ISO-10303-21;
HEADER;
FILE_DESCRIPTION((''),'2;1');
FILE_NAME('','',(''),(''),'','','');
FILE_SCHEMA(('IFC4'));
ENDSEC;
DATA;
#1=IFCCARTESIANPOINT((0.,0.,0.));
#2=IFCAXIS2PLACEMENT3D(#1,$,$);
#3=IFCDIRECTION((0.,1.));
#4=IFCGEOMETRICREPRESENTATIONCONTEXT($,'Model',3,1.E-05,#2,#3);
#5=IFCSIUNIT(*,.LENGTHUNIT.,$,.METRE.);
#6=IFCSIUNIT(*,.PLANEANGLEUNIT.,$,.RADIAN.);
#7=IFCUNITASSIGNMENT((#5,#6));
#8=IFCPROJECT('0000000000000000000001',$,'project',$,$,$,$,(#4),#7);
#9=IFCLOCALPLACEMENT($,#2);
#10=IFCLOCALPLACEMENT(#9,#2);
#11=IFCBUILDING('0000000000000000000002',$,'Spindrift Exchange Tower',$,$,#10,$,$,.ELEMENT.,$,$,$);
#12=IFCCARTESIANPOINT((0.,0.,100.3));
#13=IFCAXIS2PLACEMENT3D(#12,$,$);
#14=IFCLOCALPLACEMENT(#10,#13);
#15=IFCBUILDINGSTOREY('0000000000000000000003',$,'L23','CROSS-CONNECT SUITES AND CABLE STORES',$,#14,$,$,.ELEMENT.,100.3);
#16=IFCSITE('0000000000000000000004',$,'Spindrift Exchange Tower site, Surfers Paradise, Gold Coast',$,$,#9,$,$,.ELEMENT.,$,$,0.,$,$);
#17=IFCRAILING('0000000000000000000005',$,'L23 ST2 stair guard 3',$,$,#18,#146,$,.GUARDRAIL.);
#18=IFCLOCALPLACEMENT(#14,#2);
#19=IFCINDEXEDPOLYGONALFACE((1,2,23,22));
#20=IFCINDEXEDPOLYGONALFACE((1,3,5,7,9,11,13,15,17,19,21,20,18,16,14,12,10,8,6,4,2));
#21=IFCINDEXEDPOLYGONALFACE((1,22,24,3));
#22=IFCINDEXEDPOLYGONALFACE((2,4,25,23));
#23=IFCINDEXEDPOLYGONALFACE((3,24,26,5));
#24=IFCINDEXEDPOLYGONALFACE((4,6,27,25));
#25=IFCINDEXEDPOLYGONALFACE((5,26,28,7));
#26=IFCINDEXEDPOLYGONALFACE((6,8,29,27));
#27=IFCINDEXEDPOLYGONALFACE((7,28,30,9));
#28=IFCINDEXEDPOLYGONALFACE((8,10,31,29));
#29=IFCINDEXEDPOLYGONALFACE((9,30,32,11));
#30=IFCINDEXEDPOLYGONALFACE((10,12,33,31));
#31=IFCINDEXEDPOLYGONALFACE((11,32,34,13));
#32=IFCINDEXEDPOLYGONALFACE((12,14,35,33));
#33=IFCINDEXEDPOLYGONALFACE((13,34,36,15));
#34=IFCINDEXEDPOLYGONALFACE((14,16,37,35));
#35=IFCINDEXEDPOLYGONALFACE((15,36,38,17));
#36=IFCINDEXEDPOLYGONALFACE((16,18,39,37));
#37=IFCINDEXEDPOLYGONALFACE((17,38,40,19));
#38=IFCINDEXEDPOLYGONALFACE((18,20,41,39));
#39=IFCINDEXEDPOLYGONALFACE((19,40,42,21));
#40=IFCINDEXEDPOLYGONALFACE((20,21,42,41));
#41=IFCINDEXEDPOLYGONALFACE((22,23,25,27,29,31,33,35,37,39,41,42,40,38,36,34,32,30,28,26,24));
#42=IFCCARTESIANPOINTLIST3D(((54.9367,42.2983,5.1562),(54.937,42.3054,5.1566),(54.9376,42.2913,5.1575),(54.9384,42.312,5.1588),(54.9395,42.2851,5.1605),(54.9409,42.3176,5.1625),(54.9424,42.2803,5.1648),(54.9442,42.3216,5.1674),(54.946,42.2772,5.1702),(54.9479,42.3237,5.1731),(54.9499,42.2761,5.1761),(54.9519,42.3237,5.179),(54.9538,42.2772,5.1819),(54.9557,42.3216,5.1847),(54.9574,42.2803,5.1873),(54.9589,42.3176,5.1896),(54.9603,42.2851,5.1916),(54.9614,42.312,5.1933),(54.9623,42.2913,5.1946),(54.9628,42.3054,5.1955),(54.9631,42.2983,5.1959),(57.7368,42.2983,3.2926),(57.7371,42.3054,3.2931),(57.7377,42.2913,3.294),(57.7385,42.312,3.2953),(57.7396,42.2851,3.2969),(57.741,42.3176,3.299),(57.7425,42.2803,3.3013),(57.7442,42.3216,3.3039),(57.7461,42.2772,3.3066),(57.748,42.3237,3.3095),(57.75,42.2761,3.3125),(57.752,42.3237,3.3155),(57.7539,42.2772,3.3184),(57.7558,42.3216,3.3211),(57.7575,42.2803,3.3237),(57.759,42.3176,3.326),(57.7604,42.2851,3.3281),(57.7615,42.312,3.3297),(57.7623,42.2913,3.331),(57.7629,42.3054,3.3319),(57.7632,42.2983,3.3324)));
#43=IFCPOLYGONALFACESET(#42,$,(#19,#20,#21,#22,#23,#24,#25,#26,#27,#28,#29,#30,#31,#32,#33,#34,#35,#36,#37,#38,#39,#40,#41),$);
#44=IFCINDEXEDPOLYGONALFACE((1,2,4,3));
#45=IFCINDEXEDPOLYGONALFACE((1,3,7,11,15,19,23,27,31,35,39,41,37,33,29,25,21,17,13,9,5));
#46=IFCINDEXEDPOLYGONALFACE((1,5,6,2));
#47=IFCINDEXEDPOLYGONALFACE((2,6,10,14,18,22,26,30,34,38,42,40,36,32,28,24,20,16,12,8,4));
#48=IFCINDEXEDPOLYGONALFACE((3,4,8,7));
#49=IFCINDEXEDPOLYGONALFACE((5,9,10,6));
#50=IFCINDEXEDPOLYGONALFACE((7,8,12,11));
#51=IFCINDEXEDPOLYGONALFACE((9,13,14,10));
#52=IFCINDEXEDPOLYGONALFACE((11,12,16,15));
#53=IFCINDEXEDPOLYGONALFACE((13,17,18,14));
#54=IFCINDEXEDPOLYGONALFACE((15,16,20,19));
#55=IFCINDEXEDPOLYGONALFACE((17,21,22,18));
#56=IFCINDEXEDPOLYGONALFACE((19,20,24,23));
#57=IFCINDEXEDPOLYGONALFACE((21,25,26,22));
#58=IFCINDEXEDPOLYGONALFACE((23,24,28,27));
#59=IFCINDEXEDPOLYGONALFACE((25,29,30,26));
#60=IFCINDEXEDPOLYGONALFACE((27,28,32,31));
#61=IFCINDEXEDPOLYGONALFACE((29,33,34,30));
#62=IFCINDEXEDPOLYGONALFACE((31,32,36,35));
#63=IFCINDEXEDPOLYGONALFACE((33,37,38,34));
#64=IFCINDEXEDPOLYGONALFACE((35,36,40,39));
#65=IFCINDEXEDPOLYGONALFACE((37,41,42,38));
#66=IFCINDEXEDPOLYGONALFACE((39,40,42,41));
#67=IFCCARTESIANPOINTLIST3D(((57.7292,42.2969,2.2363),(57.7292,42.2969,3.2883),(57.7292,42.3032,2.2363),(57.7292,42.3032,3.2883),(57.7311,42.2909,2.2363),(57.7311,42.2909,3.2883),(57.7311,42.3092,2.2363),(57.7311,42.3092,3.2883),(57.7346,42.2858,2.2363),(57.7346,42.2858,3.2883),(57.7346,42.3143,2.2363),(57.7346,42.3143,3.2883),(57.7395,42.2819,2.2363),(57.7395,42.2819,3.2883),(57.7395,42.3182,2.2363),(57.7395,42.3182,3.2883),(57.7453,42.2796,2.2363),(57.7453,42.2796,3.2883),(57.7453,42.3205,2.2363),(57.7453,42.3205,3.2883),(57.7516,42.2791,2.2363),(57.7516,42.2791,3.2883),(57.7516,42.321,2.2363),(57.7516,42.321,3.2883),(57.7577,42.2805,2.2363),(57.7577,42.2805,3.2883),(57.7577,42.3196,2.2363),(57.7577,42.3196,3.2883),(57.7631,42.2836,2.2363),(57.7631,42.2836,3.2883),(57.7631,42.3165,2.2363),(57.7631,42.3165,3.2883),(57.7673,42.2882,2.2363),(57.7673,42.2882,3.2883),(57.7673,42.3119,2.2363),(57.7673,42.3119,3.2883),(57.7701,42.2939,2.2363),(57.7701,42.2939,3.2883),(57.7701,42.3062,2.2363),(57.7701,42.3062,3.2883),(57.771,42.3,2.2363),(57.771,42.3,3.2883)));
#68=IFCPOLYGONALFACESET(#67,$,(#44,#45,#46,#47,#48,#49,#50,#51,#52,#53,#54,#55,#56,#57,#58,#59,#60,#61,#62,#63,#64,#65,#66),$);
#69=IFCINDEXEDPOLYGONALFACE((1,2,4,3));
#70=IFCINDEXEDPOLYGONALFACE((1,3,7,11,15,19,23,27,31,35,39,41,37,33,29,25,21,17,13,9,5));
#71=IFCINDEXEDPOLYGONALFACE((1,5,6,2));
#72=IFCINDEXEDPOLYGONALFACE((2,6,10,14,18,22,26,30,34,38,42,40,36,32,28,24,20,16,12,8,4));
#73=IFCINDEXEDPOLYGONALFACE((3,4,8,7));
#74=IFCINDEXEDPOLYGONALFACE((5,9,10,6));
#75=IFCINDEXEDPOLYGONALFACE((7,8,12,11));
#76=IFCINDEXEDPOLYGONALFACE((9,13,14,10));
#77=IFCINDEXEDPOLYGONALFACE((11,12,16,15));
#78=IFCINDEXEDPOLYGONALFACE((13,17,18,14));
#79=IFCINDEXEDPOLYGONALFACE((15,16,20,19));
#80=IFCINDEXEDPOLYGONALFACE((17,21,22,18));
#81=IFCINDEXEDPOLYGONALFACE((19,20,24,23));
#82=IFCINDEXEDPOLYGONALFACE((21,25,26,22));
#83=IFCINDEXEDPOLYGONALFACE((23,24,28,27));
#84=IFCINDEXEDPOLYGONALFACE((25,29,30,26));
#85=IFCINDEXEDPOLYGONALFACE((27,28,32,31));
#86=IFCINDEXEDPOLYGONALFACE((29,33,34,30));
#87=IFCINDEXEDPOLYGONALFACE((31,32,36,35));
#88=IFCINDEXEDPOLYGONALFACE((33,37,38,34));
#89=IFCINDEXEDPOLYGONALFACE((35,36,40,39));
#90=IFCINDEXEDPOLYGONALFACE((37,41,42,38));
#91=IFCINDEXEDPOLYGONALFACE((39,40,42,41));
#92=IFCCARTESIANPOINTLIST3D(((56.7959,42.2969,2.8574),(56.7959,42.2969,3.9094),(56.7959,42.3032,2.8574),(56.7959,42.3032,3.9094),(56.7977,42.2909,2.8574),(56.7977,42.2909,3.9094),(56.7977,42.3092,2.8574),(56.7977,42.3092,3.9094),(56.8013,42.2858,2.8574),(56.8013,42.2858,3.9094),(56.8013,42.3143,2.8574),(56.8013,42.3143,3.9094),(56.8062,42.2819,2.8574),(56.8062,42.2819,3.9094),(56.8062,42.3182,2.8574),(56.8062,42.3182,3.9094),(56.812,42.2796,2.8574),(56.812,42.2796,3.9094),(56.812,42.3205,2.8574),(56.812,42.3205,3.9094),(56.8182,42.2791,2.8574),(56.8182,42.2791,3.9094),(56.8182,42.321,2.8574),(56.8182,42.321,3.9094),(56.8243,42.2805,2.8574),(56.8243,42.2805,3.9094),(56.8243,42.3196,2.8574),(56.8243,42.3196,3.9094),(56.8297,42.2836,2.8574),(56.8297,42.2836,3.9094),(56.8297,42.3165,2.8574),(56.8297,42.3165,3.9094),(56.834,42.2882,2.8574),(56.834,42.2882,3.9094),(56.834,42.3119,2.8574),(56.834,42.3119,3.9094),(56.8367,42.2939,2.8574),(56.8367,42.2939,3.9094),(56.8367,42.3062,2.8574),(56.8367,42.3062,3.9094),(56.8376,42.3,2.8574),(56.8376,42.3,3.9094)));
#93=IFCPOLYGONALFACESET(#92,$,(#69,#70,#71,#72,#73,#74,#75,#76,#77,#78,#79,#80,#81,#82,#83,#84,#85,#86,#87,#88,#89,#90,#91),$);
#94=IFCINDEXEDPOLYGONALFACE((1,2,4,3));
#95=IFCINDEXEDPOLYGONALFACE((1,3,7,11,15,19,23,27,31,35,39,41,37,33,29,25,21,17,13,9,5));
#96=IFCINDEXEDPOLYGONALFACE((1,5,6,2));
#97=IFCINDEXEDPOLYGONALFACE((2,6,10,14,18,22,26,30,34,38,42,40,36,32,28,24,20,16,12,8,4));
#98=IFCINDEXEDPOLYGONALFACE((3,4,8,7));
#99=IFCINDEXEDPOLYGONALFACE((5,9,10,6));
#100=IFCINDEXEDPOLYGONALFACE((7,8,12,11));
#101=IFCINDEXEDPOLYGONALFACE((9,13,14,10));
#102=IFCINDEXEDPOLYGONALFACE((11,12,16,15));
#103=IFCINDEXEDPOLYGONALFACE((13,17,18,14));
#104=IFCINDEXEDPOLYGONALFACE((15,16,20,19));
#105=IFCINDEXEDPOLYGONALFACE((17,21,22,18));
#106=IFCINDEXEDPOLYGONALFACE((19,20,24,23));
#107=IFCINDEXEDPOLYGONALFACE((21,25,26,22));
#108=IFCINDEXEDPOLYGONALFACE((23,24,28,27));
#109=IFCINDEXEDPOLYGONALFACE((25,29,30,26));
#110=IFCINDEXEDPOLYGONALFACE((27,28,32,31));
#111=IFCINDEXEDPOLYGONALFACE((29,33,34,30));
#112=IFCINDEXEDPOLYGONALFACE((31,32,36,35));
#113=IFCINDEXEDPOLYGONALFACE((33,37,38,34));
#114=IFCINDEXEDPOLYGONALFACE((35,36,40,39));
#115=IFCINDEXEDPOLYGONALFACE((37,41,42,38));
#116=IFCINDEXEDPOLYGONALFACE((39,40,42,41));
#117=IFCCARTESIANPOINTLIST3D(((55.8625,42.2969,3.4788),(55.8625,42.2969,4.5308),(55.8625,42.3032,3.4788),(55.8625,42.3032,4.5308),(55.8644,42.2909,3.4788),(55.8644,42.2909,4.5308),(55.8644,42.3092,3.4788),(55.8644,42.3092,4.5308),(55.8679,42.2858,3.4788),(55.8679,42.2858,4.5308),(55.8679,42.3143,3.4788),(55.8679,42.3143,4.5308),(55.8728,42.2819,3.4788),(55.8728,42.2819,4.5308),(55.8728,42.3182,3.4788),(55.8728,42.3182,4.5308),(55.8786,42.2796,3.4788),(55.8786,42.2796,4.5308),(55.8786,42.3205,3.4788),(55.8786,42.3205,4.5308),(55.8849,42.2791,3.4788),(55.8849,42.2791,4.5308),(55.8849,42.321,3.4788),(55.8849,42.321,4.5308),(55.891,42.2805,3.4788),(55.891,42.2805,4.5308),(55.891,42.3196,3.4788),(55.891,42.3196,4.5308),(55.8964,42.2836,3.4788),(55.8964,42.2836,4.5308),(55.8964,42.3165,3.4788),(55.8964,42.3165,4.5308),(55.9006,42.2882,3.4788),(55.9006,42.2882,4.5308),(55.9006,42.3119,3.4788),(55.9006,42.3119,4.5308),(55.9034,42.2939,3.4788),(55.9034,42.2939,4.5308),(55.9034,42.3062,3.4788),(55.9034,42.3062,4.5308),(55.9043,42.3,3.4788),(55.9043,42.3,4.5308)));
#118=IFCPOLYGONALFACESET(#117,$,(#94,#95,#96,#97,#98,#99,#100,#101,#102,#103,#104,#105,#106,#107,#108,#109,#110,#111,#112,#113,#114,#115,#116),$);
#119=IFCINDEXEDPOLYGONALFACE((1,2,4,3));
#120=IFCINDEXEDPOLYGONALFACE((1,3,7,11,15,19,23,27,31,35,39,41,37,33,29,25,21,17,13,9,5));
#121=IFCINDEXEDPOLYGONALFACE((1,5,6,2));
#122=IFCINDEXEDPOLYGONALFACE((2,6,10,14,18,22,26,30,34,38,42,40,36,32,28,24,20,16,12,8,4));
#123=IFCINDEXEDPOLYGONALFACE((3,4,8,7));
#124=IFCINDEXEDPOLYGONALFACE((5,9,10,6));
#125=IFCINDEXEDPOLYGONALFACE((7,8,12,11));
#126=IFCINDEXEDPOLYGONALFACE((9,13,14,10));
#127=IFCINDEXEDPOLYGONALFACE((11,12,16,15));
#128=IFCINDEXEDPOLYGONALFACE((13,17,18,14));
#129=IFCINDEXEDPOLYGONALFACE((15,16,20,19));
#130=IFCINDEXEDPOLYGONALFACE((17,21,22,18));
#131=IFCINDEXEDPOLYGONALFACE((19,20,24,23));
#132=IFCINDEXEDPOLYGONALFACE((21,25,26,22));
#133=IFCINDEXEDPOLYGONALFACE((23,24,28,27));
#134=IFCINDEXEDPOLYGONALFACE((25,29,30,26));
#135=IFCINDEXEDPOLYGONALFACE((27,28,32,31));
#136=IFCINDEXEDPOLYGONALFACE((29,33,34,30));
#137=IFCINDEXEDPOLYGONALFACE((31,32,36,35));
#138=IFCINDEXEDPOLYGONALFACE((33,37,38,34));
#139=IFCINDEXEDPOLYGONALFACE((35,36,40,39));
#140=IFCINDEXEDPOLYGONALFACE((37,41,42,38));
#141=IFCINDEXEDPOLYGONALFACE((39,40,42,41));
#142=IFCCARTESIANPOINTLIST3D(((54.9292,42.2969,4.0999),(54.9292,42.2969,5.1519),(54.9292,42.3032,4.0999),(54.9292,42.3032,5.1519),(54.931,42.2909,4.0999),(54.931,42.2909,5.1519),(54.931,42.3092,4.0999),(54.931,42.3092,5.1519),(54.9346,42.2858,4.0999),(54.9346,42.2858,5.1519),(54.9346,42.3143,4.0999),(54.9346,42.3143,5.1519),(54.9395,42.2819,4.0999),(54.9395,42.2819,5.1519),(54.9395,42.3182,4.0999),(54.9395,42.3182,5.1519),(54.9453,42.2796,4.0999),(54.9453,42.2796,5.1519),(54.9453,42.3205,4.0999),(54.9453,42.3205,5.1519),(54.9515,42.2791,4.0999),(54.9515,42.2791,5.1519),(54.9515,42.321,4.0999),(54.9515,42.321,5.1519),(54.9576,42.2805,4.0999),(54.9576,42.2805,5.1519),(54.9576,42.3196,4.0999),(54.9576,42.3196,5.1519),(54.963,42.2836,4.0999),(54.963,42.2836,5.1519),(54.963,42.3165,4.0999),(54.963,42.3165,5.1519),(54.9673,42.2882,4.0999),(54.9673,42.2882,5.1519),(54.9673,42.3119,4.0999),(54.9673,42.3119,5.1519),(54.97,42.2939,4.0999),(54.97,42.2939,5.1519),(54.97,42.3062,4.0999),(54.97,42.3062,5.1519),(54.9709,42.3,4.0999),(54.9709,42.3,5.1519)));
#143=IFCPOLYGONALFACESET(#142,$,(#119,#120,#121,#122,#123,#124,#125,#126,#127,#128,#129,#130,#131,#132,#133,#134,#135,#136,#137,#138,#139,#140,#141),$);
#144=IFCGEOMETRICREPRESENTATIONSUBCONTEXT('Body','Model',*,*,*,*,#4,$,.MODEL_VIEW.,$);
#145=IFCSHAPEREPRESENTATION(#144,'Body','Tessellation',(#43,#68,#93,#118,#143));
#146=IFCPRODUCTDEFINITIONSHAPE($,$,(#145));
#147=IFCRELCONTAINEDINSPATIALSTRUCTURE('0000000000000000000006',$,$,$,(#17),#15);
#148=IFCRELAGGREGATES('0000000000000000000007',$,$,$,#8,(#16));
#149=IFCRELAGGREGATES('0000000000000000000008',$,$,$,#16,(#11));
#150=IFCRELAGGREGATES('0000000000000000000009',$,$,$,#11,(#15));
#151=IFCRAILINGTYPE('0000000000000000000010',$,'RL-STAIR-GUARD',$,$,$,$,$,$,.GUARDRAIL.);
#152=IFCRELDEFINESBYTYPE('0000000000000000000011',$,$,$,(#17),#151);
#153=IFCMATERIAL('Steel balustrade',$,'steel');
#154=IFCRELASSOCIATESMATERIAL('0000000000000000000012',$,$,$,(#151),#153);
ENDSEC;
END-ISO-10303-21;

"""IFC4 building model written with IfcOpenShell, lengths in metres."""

from ifc_helpers import new_model, si_unit, direction, frame, origin, origin_2d, place, context, subcontext, project, spatial, circle, extrude, material, type_object, element, save


model = new_model("IFC4")

# Units and contexts
model_context = context("Model", 3, precision=1e-05, world=origin(), true_north=direction((0.0, 1.0)))
body_context = subcontext(model_context, "Body", "Model", "MODEL_VIEW")
ifc_project = project(units=[si_unit("LENGTHUNIT", "METRE"), si_unit("PLANEANGLEUNIT", "RADIAN")], contexts=[model_context])

# Site, building, storey
site_placement = place(None, origin())
site = spatial("IfcSite", under=ifc_project, at=site_placement, Name="Spindrift Exchange Tower site, Surfers Paradise, Gold Coast", CompositionType="ELEMENT", RefElevation=0.0)
building_placement = place(site_placement, origin())
building = spatial("IfcBuilding", under=site, at=building_placement, Name="Spindrift Exchange Tower", CompositionType="ELEMENT")
storey_placement = place(building_placement, frame((0.0, 0.0, 100.3)))
storey = spatial("IfcBuildingStorey", under=building, at=storey_placement, Name="L23", Description="CROSS-CONNECT SUITES AND CABLE STORES", CompositionType="ELEMENT", Elevation=100.3)

# Railing
ifc_material_1 = material(Name="Steel balustrade", Category="steel")
railing_type_1 = type_object("IfcRailingType", Name="RL-STAIR-GUARD", PredefinedType="GUARDRAIL", material=ifc_material_1)
railing_1_placement = place(storey_placement, frame((57.75, 42.3, 2.2363)))
element("IfcRailing", 1, at=railing_1_placement, inside=storey, type_object=railing_type_1, Name="L23 ST2 stair guard 3", PredefinedType="GUARDRAIL", context=body_context, shape_type="SweptSolid", body=[
    extrude(circle(Radius=0.0239, at=origin_2d()), frame((0.0, 0.0, 1.0762), z_axis=(-0.832486, 0.0, 0.554047), x_axis=(0.0, -1.0, 0.0)), (0.0, 0.0, 1.0), 3.3635),
    extrude(circle(Radius=0.021, at=origin_2d()), origin(), (0.0, 0.0, 1.0), 1.052),
    extrude(circle(Radius=0.021, at=origin_2d()), frame((-0.9333, 0.0, 0.6211)), (0.0, 0.0, 1.0), 1.052),
    extrude(circle(Radius=0.021, at=origin_2d()), frame((-1.8667, 0.0, 1.2424)), (0.0, 0.0, 1.0), 1.052),
    extrude(circle(Radius=0.021, at=origin_2d()), frame((-2.8, 0.0, 1.8635)), (0.0, 0.0, 1.0), 1.052),
])

save(model, "model.ifc")
